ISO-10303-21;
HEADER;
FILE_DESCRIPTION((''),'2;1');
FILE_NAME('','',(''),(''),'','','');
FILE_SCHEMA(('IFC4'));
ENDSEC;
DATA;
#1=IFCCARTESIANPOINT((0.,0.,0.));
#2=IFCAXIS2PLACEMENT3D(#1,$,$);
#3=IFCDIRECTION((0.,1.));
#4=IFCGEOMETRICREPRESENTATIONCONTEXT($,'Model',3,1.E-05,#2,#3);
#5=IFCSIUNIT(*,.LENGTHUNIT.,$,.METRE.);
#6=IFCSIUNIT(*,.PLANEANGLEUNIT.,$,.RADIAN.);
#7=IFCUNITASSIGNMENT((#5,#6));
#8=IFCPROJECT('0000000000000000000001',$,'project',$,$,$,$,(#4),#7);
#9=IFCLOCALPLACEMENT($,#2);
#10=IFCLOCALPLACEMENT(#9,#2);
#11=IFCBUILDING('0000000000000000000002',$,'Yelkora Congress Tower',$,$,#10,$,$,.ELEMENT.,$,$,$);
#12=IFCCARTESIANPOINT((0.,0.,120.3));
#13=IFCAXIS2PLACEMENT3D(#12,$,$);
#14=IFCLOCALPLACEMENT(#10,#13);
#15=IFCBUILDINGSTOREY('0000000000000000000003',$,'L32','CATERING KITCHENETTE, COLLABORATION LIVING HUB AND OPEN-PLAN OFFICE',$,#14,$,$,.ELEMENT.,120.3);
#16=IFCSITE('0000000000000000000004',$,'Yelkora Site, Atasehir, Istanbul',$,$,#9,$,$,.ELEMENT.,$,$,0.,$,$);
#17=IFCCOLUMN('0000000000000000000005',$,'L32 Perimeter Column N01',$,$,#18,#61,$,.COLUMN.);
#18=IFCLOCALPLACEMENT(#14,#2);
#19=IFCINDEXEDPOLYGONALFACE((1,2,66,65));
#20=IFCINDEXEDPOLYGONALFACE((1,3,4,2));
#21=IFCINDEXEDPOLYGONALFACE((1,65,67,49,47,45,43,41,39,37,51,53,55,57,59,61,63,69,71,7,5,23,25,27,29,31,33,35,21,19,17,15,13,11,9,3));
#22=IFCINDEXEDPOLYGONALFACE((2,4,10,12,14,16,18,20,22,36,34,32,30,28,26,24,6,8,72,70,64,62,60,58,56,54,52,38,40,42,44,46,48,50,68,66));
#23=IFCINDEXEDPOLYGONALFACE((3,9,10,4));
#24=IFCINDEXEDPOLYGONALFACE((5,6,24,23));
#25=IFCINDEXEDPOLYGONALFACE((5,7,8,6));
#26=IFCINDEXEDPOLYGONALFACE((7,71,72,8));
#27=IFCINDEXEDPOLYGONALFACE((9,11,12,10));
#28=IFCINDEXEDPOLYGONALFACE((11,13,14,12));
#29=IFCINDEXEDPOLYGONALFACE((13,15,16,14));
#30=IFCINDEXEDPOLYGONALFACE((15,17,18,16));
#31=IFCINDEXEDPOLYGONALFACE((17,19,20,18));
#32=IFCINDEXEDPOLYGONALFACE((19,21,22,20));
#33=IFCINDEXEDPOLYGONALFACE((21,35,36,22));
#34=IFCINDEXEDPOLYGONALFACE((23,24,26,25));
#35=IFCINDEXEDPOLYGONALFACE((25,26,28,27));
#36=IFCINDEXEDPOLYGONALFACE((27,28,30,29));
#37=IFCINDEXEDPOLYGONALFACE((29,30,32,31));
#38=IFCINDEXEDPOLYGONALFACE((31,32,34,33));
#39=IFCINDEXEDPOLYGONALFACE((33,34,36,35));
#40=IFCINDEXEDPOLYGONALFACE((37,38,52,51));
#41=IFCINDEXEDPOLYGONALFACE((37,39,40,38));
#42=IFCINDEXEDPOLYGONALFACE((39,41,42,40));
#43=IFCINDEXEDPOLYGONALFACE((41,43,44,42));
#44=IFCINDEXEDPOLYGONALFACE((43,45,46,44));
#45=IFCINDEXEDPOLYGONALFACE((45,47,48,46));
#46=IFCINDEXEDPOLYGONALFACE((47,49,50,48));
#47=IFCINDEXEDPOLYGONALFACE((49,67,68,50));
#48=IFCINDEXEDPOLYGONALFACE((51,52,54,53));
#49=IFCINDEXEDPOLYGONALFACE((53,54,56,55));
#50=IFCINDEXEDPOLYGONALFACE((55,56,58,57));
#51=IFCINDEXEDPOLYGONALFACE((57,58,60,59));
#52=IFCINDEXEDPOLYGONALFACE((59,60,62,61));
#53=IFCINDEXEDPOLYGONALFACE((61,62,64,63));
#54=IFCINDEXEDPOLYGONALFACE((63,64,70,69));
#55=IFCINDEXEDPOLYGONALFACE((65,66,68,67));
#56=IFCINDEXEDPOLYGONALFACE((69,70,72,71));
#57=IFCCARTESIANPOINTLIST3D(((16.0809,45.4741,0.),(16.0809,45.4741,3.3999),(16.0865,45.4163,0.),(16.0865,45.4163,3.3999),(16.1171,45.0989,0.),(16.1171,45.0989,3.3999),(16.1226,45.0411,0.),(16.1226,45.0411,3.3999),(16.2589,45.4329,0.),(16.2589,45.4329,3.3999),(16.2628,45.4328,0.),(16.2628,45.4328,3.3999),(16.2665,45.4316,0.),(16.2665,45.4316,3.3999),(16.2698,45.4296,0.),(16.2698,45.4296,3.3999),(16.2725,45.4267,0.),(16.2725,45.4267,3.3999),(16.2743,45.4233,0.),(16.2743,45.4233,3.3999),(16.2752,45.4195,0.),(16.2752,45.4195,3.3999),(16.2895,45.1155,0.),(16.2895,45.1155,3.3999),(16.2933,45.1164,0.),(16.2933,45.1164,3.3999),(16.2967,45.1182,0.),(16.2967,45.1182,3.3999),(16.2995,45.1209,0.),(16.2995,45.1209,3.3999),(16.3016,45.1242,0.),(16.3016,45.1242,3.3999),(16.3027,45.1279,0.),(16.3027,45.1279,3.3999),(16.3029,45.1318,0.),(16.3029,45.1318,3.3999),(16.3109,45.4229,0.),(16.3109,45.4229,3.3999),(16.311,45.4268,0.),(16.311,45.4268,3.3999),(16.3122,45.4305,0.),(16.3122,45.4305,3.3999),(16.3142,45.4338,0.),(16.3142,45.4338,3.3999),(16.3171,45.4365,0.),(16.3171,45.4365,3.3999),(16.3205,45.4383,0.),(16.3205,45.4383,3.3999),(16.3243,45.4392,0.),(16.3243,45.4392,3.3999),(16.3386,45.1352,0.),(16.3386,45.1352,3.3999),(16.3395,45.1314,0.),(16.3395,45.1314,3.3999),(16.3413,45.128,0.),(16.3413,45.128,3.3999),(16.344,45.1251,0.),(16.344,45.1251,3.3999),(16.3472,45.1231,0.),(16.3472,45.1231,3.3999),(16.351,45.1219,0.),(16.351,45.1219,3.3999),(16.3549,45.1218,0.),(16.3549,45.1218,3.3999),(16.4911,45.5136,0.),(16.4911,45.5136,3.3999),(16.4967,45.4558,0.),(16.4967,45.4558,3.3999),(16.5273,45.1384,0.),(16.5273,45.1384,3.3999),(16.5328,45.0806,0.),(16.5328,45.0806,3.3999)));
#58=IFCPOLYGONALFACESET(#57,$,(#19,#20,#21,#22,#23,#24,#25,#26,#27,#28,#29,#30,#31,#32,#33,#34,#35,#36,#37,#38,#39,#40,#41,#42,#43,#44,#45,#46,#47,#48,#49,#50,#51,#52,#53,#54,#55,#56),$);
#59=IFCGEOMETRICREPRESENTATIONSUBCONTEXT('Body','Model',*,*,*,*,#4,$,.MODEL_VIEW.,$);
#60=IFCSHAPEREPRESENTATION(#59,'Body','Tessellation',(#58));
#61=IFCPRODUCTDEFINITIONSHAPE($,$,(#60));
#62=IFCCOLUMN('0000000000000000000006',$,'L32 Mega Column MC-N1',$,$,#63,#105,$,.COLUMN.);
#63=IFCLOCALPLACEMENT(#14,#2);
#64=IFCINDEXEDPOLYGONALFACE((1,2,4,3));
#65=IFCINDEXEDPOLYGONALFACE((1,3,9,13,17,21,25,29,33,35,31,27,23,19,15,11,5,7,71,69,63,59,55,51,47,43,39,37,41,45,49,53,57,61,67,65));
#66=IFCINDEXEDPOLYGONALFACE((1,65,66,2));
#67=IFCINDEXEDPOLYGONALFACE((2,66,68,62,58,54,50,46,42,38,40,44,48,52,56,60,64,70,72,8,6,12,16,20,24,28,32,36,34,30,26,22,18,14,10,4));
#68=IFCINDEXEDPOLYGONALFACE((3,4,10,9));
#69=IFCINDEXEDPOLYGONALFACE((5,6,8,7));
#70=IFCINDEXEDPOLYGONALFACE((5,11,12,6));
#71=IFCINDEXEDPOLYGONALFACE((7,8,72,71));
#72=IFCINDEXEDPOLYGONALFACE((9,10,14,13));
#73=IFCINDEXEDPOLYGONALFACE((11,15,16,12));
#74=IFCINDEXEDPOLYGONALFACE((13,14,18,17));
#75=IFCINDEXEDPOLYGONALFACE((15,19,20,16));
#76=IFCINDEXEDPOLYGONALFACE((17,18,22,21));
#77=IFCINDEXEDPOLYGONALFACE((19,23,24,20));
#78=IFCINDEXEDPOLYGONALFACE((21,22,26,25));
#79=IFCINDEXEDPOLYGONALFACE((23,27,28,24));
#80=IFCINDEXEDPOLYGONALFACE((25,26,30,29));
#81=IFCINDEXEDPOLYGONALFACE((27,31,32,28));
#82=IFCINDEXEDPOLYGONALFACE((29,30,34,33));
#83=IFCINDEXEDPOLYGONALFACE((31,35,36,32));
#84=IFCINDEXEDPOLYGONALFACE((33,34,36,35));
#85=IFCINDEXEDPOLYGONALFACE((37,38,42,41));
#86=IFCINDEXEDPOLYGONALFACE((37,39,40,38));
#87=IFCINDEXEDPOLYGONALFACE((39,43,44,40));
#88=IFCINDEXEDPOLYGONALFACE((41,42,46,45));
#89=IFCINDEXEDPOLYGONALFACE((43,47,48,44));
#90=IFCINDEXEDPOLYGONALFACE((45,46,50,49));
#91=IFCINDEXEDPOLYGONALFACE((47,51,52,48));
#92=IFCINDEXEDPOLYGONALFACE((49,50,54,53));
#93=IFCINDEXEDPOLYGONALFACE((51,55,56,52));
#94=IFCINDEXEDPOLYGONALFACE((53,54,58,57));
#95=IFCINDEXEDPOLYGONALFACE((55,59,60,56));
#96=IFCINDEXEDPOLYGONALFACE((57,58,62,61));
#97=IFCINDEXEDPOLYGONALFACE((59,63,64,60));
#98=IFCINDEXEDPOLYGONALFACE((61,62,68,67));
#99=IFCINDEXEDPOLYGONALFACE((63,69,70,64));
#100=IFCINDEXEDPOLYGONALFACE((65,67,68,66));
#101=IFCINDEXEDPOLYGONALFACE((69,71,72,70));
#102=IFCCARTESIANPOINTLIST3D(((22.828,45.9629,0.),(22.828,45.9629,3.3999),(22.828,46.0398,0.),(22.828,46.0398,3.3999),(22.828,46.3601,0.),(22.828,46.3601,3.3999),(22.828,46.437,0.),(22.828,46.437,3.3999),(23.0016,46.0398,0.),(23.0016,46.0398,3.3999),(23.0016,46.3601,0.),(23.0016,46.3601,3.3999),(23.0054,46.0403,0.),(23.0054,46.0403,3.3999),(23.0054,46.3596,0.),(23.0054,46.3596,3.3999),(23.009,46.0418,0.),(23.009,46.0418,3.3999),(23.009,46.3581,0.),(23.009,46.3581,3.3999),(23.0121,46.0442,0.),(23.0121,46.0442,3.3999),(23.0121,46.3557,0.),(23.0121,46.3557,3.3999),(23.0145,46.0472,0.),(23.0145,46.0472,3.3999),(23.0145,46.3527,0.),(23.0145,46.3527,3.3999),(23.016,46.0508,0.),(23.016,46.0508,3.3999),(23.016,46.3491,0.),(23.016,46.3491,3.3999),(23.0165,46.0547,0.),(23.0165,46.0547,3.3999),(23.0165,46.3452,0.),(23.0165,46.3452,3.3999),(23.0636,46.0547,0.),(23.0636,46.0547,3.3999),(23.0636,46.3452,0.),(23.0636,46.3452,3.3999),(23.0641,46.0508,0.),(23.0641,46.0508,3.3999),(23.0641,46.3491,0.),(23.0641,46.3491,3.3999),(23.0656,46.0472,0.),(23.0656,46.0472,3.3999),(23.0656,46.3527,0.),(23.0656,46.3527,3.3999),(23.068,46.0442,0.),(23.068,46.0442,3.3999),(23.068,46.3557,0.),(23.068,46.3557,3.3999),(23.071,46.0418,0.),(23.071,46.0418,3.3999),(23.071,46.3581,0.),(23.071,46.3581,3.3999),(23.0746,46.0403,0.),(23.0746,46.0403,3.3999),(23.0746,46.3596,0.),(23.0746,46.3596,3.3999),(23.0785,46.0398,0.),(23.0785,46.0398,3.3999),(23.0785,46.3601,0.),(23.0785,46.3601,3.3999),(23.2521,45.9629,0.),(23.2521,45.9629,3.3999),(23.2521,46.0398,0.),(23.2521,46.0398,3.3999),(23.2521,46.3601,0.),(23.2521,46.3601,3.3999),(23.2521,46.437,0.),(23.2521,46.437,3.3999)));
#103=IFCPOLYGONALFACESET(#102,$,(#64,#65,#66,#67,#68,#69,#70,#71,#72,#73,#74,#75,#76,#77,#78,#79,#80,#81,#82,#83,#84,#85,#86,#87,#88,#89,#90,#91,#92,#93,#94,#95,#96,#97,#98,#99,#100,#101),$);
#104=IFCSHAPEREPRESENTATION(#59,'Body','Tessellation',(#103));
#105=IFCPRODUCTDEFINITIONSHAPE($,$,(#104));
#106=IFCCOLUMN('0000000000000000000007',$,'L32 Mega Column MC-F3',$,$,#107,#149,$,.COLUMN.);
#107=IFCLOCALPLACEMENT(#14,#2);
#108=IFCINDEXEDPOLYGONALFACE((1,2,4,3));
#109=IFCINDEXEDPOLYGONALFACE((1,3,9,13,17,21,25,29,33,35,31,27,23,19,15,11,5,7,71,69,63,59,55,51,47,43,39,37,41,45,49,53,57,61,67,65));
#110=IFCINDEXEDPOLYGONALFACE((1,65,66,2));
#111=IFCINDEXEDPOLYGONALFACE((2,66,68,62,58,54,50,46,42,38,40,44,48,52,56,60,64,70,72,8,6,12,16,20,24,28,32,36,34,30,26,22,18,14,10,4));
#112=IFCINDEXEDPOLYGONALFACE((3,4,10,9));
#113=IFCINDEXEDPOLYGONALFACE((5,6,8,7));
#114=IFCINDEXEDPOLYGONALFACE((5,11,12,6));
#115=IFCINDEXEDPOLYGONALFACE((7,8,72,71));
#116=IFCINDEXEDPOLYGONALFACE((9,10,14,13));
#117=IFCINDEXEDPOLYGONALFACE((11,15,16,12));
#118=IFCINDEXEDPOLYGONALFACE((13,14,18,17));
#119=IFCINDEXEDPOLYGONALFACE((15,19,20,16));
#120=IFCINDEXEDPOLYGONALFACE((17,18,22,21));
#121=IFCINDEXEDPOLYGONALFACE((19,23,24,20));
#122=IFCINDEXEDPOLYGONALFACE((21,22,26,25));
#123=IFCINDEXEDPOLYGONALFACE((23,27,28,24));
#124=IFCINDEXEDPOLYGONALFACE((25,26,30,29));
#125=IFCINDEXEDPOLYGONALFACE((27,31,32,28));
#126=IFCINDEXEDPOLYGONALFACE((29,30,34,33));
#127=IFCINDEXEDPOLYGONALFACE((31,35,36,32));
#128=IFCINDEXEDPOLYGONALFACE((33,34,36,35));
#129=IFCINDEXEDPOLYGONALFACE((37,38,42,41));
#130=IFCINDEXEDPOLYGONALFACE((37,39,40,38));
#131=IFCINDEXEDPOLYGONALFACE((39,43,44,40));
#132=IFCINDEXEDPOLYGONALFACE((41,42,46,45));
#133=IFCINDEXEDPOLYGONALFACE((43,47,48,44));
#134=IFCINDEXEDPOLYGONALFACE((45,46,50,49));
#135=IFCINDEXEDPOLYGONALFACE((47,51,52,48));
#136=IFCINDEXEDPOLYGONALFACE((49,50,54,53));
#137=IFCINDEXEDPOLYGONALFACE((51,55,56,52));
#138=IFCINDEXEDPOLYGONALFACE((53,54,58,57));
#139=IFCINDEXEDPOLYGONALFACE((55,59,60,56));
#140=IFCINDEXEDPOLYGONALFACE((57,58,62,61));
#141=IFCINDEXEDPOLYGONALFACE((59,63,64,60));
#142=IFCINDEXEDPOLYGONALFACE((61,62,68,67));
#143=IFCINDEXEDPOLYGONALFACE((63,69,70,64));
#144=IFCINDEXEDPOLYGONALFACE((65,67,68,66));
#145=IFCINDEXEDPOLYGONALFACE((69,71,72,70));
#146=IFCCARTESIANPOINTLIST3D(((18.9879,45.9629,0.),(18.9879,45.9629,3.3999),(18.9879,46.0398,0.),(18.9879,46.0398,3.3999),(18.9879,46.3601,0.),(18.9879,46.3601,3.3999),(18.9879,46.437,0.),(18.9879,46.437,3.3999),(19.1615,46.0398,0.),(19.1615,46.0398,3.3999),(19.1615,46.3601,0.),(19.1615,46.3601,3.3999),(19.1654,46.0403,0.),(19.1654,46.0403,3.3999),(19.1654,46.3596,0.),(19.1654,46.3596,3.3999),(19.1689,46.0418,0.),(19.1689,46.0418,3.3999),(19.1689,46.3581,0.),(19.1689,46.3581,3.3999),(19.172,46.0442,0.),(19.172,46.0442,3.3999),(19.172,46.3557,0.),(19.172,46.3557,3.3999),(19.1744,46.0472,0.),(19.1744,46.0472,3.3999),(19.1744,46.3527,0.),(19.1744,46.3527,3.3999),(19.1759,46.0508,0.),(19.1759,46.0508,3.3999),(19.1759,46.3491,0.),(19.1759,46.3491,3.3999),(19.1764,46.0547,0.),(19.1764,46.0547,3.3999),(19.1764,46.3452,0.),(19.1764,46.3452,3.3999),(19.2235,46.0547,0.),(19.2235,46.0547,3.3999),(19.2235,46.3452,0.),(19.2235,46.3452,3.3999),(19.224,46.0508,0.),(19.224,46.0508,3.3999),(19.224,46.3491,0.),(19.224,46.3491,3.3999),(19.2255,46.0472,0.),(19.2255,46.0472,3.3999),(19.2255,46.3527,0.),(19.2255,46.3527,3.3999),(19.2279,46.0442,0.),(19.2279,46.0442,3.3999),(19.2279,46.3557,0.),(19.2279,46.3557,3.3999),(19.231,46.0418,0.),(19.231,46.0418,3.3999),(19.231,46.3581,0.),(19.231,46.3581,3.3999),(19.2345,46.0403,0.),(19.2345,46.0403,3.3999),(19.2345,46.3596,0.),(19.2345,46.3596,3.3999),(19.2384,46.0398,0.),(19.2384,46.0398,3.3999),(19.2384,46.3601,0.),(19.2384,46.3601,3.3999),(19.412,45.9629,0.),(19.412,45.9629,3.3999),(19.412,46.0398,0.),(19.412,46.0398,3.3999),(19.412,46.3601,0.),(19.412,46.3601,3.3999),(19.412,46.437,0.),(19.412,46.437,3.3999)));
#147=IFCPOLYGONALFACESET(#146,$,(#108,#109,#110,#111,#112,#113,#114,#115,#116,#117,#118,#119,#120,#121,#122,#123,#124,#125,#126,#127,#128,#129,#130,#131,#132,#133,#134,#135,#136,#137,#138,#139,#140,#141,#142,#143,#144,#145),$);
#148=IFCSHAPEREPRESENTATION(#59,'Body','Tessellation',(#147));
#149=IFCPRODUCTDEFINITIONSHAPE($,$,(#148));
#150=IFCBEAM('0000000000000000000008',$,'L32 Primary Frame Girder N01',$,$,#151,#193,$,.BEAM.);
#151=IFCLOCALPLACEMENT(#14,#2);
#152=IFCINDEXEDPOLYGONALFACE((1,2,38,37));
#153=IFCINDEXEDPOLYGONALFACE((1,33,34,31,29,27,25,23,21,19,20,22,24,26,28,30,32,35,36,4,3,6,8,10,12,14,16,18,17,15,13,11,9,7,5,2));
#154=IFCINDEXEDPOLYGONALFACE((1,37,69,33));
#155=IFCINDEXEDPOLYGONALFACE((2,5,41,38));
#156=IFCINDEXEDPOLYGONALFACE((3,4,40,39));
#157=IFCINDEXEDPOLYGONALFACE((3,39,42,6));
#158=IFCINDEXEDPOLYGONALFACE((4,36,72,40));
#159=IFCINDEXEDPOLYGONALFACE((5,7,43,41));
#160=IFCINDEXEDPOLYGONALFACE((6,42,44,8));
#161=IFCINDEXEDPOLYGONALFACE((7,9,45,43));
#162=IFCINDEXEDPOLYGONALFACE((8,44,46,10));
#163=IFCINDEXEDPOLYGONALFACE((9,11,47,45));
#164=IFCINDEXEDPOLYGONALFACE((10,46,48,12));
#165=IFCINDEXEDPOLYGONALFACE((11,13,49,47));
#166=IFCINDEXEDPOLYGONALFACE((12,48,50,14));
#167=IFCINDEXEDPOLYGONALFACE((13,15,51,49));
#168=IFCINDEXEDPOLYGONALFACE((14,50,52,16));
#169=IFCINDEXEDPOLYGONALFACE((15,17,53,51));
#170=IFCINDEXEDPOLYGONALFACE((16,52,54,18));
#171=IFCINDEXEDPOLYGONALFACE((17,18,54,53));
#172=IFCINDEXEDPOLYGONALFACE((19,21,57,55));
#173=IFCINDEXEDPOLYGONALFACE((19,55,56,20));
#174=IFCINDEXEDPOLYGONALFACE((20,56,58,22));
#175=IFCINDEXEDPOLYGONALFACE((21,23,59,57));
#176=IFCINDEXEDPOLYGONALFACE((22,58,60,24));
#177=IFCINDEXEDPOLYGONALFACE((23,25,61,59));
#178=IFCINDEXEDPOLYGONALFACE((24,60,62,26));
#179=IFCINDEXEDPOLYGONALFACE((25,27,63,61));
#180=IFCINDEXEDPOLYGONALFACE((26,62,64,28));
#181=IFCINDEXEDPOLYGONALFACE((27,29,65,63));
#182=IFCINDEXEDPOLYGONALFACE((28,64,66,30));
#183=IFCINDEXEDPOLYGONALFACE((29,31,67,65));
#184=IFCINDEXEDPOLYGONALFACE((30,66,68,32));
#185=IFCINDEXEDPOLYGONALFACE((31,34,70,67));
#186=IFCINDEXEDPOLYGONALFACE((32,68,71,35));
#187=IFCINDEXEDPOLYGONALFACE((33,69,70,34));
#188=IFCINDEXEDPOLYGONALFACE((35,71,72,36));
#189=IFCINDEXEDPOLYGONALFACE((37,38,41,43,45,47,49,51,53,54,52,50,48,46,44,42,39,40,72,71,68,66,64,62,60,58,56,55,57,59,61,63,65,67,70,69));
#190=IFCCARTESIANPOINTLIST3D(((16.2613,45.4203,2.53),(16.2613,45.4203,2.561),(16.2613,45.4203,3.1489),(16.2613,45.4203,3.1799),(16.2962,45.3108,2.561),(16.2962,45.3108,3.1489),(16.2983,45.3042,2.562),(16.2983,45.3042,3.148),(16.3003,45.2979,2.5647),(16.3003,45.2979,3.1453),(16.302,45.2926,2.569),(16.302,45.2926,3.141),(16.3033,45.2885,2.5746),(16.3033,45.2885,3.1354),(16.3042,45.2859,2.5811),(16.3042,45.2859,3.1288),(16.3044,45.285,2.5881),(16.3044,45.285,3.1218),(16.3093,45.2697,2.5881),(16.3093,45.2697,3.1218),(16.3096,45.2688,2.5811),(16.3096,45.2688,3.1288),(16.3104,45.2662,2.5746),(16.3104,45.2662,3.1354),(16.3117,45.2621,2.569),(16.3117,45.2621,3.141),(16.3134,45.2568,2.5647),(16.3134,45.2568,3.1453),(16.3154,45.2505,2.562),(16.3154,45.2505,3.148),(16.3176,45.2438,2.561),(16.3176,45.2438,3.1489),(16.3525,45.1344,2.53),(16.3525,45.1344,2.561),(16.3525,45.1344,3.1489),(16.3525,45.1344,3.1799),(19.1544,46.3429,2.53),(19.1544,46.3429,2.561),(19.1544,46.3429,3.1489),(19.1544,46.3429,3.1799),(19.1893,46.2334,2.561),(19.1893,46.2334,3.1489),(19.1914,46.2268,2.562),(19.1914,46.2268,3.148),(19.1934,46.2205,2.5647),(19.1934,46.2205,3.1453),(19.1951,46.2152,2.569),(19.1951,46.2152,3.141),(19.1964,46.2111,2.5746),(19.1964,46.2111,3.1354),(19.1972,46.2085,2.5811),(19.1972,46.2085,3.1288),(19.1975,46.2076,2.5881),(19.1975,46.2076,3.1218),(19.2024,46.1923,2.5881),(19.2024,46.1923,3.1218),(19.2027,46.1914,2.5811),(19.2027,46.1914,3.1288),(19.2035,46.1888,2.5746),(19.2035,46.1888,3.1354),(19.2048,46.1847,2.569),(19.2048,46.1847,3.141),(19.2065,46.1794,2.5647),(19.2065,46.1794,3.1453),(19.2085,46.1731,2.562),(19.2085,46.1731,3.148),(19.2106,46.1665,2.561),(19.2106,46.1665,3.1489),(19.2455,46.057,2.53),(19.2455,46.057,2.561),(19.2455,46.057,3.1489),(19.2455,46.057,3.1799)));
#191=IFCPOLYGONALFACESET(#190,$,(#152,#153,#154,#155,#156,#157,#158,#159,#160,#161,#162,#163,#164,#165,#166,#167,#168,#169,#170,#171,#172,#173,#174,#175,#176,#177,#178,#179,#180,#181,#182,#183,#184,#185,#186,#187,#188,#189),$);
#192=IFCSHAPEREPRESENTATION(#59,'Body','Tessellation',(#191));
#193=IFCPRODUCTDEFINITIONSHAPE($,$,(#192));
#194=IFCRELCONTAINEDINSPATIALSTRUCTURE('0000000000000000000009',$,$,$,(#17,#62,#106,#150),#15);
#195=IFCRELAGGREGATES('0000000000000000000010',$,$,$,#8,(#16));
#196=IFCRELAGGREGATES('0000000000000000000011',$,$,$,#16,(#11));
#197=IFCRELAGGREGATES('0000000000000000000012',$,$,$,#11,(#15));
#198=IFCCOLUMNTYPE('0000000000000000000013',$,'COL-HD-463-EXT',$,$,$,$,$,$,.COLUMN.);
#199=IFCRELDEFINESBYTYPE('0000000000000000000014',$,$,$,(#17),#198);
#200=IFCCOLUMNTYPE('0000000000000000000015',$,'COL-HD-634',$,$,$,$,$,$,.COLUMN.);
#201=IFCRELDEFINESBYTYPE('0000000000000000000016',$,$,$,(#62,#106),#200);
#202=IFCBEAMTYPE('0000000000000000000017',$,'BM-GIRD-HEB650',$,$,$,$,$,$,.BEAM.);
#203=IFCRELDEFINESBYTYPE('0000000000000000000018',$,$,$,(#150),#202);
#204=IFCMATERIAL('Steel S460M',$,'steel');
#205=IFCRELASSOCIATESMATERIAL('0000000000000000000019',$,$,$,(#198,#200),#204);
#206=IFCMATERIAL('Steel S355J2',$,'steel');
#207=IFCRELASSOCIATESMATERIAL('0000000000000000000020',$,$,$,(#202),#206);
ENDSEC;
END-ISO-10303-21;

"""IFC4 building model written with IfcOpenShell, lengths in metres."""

from ifc_helpers import new_model, si_unit, direction, frame, origin, origin_2d, place, context, subcontext, project, spatial, i_section, extrude, material, material_profile, profile_set, type_object, element, save


model = new_model("IFC4")

# Units and contexts
model_context = context("Model", 3, precision=1e-05, world=origin(), true_north=direction((0.0, 1.0)))
body_context = subcontext(model_context, "Body", "Model", "MODEL_VIEW")
ifc_project = project(units=[si_unit("LENGTHUNIT", "METRE"), si_unit("PLANEANGLEUNIT", "RADIAN")], contexts=[model_context])

# Site, building, storey
site_placement = place(None, origin())
site = spatial("IfcSite", under=ifc_project, at=site_placement, Name="Yelkora Site, Atasehir, Istanbul", CompositionType="ELEMENT", RefElevation=0.0)
building_placement = place(site_placement, origin())
building = spatial("IfcBuilding", under=site, at=building_placement, Name="Yelkora Congress Tower", CompositionType="ELEMENT")
storey_placement = place(building_placement, frame((0.0, 0.0, 120.3)))
storey = spatial("IfcBuildingStorey", under=building, at=storey_placement, Name="L32", Description="CATERING KITCHENETTE, COLLABORATION LIVING HUB AND OPEN-PLAN OFFICE", CompositionType="ELEMENT", Elevation=120.3)

# Columns
ifc_material_1 = material(Name="Steel S460M", Category="steel")
ifc_material_profile_1 = material_profile(ifc_material_1, i_section(OverallWidth=0.4121, OverallDepth=0.4351, WebThickness=0.0359, FlangeThickness=0.0581, FilletRadius=0.0149, at=origin_2d()), Name="HD 400x463")
ifc_profile_set_1 = profile_set([ifc_material_profile_1], Name="Steel S460M")
column_type_1 = type_object("IfcColumnType", Name="COL-HD-463-EXT", PredefinedType="COLUMN", material=ifc_profile_set_1)
column_placement = place(storey_placement, frame((16.3069, 45.2773, 0.0), z_axis=(0.0, 0.0, 1.0), x_axis=(0.995396, 0.095846, 0.0)))
element("IfcColumn", 1, at=column_placement, inside=storey, type_object=column_type_1, Name="L32 Perimeter Column N01", PredefinedType="COLUMN", context=body_context, shape_type="SweptSolid", body=[
    extrude(i_section(OverallWidth=0.4121, OverallDepth=0.4351, WebThickness=0.0359, FlangeThickness=0.0581, FilletRadius=0.0149, at=origin_2d()), origin(), (0.0, 0.0, 1.0), 3.3999),
])
ifc_material_profile_2 = material_profile(ifc_material_1, i_section(OverallWidth=0.4241, OverallDepth=0.4741, WebThickness=0.0471, FlangeThickness=0.0769, FilletRadius=0.0149, at=origin_2d()), Name="HD 400x634")
ifc_profile_set_2 = profile_set([ifc_material_profile_2], Name="Steel S460M")
column_type_2 = type_object("IfcColumnType", Name="COL-HD-634", PredefinedType="COLUMN", material=ifc_profile_set_2)
for number, where, z_axis, x_axis, name in (
    (2, (23.04, 46.2, 0.0), (0.0, 0.0, 1.0), (1.0, 0.0, 0.0), "L32 Mega Column MC-N1"),
    (3, (19.2, 46.2, 0.0), (0.0, 0.0, 1.0), (1.0, 0.0, 0.0), "L32 Mega Column MC-F3"),
):
    element("IfcColumn", number, at=place(storey_placement, frame(where, z_axis=z_axis, x_axis=x_axis)), inside=storey, type_object=column_type_2, Name=name, PredefinedType="COLUMN", context=body_context, shape_type="SweptSolid", body=[
        extrude(i_section(OverallWidth=0.4241, OverallDepth=0.4741, WebThickness=0.0471, FlangeThickness=0.0769, FilletRadius=0.0149, at=origin_2d()), origin(), (0.0, 0.0, 1.0), 3.3999),
    ])

# Beam
ifc_material_2 = material(Name="Steel S355J2", Category="steel")
ifc_material_profile_3 = material_profile(ifc_material_2, i_section(OverallWidth=0.3, OverallDepth=0.6499, WebThickness=0.0161, FlangeThickness=0.031, FilletRadius=0.0271, at=origin_2d()), Name="HEB 650")
ifc_profile_set_3 = profile_set([ifc_material_profile_3], Name="Steel S355J2")
beam_type_1 = type_object("IfcBeamType", Name="BM-GIRD-HEB650", PredefinedType="BEAM", material=ifc_profile_set_3)
beam_1_placement = place(storey_placement, frame((16.3069, 45.2773, 2.855), z_axis=(0.952727, 0.303827, 0.0), x_axis=(-0.303827, 0.952727, 0.0)))
element("IfcBeam", 4, at=beam_1_placement, inside=storey, type_object=beam_type_1, Name="L32 Primary Frame Girder N01", PredefinedType="BEAM", context=body_context, shape_type="SweptSolid", body=[
    extrude(i_section(OverallWidth=0.3, OverallDepth=0.6499, WebThickness=0.0161, FlangeThickness=0.031, FilletRadius=0.0271, at=origin_2d()), origin(), (0.0, 0.0, 1.0), 3.0366),
])

save(model, "model.ifc")
